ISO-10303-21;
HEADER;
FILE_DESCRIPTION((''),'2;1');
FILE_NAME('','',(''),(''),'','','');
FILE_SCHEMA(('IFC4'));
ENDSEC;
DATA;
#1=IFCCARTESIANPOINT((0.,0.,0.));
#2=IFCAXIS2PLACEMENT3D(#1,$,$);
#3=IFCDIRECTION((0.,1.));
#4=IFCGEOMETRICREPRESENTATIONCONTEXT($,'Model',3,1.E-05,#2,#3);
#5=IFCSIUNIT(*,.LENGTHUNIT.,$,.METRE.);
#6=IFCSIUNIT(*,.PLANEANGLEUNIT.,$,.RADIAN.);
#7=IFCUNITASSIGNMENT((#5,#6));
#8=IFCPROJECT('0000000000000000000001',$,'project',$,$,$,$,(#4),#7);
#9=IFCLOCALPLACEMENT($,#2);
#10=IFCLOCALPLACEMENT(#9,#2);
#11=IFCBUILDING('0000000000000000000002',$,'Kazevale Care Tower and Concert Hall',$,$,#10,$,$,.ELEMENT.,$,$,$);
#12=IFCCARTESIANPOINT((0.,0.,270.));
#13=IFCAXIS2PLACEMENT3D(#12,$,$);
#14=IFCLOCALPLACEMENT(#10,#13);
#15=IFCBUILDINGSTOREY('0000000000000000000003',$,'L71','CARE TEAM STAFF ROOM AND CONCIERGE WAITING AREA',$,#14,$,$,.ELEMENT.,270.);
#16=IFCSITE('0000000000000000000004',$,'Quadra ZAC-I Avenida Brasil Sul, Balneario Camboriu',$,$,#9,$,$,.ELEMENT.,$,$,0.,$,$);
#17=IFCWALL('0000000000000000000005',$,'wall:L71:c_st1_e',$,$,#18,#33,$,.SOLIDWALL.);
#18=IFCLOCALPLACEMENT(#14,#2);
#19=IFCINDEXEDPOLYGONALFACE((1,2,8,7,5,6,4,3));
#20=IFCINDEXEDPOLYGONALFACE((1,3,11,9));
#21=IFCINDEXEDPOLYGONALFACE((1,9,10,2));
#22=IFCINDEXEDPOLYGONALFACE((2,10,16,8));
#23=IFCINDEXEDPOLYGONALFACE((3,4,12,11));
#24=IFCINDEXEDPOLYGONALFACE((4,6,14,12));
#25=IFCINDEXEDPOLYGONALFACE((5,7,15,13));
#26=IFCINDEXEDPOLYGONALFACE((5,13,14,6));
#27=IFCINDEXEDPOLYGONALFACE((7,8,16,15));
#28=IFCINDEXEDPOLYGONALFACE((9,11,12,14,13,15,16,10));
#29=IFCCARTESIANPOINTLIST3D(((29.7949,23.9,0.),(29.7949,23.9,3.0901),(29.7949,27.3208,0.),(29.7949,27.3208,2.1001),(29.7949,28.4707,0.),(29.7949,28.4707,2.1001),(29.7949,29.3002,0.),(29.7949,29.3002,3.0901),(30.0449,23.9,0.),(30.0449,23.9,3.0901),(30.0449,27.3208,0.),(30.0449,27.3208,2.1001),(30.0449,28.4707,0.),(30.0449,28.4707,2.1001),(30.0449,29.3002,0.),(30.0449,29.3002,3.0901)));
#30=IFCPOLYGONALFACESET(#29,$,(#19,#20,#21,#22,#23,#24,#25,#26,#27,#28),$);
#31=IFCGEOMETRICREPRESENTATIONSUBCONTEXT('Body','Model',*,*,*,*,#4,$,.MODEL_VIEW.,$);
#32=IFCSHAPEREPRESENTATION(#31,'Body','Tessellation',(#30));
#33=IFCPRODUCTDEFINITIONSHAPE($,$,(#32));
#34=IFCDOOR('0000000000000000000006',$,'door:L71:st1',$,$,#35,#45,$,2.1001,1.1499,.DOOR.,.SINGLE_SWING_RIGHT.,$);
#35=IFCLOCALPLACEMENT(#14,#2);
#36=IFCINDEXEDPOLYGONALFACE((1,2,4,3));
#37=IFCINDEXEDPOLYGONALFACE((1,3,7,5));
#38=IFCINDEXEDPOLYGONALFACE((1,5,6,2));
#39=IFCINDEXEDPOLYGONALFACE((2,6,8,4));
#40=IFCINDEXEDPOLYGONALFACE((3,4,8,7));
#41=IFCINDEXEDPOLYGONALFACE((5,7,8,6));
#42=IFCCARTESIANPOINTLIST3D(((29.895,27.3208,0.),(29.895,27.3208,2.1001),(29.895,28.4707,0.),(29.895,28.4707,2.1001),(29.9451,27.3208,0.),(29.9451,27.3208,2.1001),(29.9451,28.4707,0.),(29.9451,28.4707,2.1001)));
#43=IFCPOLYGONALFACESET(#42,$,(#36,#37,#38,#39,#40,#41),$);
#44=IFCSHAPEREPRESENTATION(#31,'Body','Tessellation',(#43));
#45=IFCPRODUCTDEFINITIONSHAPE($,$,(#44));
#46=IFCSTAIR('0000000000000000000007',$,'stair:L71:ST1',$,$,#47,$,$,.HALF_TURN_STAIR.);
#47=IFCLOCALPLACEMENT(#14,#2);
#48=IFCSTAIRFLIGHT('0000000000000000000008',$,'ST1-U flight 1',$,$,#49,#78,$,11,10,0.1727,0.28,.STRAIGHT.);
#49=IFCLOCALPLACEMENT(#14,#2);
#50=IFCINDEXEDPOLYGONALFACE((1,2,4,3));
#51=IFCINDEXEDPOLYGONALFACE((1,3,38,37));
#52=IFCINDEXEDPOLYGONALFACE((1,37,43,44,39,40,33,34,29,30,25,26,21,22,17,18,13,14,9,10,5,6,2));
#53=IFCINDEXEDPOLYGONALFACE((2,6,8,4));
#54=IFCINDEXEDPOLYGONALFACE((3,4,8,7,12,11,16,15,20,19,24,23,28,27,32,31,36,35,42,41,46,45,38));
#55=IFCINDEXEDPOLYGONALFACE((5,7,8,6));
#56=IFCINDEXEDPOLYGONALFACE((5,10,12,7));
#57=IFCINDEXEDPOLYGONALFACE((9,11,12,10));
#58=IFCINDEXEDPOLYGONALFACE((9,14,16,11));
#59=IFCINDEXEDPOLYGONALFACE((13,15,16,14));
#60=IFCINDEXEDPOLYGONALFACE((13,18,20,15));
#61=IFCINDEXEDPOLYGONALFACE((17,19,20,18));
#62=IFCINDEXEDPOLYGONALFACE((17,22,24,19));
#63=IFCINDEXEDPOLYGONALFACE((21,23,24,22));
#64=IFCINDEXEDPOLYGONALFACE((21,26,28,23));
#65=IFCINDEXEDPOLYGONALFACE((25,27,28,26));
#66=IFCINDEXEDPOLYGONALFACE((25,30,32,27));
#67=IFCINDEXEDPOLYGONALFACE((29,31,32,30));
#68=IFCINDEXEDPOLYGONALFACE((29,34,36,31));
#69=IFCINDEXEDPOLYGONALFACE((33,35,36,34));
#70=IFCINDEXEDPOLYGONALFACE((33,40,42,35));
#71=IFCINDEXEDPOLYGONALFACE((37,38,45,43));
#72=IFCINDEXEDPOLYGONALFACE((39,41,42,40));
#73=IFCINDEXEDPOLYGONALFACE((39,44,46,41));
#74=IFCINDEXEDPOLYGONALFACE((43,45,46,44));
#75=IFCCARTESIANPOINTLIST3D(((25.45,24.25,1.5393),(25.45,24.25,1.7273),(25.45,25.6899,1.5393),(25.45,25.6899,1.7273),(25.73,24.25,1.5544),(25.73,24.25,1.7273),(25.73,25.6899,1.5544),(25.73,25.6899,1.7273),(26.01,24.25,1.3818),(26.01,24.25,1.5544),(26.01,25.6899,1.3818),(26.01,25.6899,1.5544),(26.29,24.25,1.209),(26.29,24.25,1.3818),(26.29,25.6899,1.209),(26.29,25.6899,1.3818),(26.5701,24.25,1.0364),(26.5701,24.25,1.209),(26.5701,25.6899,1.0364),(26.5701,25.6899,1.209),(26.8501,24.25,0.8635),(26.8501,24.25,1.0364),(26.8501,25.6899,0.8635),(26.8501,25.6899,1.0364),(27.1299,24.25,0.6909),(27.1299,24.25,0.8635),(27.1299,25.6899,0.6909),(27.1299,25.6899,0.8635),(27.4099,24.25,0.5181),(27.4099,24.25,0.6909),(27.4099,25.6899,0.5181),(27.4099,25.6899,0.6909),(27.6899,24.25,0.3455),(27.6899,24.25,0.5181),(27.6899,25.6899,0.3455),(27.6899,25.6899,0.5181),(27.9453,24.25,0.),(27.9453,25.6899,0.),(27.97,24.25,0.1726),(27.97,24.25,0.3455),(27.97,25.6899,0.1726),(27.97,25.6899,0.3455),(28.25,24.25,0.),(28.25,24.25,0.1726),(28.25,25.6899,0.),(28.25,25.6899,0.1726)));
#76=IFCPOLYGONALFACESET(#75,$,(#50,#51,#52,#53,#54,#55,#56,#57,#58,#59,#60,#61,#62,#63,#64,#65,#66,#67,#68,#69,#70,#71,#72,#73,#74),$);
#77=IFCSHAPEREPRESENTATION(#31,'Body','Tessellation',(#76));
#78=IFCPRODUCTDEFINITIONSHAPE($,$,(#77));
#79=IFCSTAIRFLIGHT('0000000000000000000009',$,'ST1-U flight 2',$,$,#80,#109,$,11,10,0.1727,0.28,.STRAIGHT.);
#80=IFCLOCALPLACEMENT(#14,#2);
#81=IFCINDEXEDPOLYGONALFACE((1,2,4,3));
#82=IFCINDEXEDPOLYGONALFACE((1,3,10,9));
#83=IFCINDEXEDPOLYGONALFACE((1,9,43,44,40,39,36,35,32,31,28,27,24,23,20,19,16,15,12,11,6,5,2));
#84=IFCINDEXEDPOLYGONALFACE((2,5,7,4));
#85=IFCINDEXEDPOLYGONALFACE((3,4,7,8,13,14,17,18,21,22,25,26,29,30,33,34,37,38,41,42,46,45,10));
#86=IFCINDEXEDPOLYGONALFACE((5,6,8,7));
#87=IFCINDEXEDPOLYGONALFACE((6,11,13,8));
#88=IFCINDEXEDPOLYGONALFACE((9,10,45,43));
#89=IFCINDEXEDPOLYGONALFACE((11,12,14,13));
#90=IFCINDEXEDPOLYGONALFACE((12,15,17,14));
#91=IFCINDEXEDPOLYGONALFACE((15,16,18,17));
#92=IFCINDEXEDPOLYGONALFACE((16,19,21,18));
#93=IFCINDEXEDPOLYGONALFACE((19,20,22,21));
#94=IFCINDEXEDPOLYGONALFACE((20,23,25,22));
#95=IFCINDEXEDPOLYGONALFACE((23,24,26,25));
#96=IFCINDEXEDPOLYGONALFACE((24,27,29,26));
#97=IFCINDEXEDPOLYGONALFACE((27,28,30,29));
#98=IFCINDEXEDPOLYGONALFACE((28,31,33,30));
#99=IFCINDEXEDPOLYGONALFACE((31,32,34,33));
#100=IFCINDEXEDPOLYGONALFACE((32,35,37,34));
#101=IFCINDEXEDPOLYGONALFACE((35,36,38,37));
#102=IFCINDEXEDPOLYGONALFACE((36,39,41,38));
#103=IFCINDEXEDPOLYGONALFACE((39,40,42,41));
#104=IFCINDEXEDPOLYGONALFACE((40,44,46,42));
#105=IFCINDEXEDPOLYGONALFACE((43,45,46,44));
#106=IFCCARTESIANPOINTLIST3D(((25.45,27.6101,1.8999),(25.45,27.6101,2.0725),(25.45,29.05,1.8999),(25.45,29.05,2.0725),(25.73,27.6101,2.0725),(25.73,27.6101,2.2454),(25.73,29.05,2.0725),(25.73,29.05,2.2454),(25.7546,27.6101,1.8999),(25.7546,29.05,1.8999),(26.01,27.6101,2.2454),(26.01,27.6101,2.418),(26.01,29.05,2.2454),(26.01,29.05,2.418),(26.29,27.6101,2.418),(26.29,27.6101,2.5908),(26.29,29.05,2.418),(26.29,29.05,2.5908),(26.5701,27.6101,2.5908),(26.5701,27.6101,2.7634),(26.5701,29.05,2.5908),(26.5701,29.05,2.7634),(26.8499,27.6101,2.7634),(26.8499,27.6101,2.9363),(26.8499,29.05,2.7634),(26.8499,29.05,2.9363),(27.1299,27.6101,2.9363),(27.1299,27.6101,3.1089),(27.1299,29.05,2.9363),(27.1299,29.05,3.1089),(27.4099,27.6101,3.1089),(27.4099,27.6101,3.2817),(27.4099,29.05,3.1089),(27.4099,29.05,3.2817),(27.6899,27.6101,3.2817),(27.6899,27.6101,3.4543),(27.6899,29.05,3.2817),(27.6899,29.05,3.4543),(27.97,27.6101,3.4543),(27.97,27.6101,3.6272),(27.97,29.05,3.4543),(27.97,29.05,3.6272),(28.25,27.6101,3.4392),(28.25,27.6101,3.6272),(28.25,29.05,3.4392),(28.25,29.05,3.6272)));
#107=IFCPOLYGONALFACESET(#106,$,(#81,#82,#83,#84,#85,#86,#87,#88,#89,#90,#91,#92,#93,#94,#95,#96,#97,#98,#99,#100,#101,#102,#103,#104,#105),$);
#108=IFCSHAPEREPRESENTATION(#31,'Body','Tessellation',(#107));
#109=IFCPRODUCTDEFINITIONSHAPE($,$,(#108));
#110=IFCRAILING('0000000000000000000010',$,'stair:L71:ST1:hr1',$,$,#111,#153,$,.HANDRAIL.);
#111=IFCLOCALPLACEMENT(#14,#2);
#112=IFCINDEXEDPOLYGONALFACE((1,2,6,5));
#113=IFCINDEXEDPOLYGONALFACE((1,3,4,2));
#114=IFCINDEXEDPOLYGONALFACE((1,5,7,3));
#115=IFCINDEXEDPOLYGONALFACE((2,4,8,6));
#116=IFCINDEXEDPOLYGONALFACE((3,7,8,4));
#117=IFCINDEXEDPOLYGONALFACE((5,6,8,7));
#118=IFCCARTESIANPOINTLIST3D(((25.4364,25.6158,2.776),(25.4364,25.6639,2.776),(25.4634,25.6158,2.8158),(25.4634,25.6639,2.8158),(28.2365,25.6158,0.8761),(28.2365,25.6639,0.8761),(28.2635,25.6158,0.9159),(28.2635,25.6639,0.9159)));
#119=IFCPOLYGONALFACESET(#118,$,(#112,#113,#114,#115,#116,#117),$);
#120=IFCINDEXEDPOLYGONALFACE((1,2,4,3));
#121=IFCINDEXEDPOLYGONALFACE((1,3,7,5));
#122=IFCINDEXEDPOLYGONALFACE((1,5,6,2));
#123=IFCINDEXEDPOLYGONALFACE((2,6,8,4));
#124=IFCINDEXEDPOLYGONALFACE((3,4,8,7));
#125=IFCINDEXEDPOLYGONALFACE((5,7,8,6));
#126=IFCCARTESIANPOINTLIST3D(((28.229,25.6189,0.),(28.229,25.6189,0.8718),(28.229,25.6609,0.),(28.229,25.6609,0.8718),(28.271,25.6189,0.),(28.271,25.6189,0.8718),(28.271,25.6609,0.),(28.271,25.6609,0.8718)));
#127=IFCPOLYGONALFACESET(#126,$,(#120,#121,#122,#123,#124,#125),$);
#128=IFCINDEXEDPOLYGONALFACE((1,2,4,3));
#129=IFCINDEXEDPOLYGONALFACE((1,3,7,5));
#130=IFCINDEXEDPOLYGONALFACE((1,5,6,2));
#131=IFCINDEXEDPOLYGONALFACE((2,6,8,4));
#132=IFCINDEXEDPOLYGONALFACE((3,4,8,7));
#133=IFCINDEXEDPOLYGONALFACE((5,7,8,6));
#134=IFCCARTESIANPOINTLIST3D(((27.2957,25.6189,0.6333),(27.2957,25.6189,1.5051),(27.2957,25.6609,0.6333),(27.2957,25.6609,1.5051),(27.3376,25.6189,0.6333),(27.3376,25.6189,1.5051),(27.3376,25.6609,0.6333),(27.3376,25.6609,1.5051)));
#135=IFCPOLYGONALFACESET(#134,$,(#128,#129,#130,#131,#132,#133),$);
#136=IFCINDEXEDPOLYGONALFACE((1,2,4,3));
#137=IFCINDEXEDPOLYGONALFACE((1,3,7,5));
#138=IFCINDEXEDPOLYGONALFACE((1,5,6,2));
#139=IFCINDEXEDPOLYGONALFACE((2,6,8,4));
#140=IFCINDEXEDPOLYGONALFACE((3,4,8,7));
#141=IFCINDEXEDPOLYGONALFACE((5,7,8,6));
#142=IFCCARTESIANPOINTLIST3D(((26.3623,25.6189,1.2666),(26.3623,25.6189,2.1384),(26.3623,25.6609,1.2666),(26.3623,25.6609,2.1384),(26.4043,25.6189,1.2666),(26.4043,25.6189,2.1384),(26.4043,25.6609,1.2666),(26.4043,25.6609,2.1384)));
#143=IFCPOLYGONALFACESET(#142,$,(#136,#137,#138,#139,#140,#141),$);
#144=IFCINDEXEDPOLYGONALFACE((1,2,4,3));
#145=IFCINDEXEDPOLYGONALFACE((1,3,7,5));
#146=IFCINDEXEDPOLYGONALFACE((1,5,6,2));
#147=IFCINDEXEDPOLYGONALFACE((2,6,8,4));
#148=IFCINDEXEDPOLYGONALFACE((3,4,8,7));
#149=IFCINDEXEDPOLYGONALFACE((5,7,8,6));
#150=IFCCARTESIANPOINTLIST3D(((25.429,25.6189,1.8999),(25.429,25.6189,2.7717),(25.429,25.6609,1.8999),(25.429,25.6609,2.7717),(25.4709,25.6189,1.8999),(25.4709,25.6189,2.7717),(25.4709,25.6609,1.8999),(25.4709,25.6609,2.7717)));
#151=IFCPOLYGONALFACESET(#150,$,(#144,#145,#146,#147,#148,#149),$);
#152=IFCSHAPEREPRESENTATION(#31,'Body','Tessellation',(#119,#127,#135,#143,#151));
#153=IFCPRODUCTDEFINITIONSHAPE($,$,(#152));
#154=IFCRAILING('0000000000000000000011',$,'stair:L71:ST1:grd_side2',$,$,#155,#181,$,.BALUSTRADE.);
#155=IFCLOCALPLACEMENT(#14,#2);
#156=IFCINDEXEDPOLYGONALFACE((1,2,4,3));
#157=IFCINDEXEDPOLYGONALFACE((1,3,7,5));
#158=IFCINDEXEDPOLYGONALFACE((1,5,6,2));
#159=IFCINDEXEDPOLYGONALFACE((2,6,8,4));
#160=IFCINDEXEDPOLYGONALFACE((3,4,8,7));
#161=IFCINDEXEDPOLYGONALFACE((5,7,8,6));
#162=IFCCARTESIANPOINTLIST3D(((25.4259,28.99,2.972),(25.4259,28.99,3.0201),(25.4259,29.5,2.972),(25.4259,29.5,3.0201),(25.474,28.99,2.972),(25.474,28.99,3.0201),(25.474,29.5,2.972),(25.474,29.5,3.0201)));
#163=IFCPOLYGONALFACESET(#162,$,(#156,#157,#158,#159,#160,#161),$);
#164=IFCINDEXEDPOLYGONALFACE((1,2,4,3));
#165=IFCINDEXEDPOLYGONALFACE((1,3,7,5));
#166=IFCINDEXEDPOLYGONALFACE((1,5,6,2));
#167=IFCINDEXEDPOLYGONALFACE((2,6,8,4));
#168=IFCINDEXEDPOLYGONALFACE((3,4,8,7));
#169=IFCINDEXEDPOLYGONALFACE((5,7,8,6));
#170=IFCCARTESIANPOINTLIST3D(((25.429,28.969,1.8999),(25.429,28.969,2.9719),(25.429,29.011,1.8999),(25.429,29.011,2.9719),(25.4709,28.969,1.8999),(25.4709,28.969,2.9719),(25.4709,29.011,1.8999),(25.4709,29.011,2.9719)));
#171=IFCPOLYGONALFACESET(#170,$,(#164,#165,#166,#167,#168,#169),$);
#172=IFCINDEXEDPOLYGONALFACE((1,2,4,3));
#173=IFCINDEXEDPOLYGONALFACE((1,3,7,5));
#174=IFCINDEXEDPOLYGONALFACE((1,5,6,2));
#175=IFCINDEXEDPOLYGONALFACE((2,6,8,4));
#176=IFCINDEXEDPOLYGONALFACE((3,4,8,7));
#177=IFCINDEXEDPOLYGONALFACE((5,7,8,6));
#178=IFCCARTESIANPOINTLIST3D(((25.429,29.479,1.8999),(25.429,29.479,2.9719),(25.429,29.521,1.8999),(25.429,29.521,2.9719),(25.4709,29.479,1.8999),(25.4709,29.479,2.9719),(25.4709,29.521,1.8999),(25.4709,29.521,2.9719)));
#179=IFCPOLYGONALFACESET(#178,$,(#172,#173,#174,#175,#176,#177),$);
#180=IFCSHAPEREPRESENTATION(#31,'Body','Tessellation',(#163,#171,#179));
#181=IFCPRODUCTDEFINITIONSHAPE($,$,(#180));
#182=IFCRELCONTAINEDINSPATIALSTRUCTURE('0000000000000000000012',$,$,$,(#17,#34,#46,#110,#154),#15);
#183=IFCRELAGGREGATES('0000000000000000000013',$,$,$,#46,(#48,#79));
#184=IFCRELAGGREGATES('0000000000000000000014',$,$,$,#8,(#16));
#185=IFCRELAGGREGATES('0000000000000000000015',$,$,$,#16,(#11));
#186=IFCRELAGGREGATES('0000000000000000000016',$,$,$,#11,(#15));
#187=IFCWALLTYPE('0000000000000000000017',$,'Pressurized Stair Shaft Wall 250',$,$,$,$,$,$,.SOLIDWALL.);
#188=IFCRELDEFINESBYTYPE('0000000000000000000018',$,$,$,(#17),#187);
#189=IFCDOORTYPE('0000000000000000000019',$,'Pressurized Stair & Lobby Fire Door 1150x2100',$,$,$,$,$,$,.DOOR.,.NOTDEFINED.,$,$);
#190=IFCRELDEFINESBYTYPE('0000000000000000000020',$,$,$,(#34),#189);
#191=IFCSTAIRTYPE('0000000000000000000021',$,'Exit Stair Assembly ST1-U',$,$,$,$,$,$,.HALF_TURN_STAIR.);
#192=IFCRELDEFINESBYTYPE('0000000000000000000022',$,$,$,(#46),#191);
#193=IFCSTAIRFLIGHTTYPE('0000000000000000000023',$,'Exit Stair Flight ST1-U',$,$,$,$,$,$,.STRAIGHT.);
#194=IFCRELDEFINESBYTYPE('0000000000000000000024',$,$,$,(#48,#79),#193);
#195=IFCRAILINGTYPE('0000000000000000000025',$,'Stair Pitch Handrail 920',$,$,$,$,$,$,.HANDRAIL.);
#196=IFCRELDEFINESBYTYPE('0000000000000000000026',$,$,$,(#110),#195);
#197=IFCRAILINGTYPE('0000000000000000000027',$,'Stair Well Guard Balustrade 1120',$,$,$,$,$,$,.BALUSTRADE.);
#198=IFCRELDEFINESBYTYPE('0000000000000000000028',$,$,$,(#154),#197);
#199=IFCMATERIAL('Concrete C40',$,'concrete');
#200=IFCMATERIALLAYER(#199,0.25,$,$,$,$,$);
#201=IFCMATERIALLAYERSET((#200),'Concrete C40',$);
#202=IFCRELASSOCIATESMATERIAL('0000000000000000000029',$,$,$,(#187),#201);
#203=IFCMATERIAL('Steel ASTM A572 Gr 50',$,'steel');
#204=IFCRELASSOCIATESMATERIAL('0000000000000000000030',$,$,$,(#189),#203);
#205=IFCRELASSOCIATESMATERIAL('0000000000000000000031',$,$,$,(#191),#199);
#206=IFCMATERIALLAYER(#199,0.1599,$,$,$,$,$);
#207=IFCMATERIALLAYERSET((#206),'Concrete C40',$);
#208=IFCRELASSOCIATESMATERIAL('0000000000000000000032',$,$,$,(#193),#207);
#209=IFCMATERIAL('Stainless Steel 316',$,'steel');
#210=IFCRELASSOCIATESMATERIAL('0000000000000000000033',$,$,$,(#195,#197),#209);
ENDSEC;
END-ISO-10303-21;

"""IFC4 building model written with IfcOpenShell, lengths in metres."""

from ifc_helpers import new_model, si_unit, direction, frame, frame_2d, origin, origin_2d, place, context, subcontext, project, spatial, polyline, rectangle, outline, extrude, material, layer, layer_set, type_object, element, fill, aggregate, save


model = new_model("IFC4")

# Units and contexts
model_context = context("Model", 3, precision=1e-05, world=origin(), true_north=direction((0.0, 1.0)))
body_context = subcontext(model_context, "Body", "Model", "MODEL_VIEW")
ifc_project = project(units=[si_unit("LENGTHUNIT", "METRE"), si_unit("PLANEANGLEUNIT", "RADIAN")], contexts=[model_context])

# Site, building, storey
site_placement = place(None, origin())
site = spatial("IfcSite", under=ifc_project, at=site_placement, Name="Quadra ZAC-I Avenida Brasil Sul, Balneario Camboriu", CompositionType="ELEMENT", RefElevation=0.0)
building_placement = place(site_placement, origin())
building = spatial("IfcBuilding", under=site, at=building_placement, Name="Kazevale Care Tower and Concert Hall", CompositionType="ELEMENT")
storey_placement = place(building_placement, frame((0.0, 0.0, 270.0)))
storey = spatial("IfcBuildingStorey", under=building, at=storey_placement, Name="L71", Description="CARE TEAM STAFF ROOM AND CONCIERGE WAITING AREA", CompositionType="ELEMENT", Elevation=270.0)

# Shared definitions
ifc_material_1 = material(Name="Concrete C40", Category="concrete")
ifc_material_2 = material(Name="Stainless Steel 316", Category="steel")

# Wall, opening, door
ifc_layer_1 = layer(ifc_material_1, 0.25)
ifc_layer_set_1 = layer_set([ifc_layer_1], Name="Concrete C40")
wall_type_1 = type_object("IfcWallType", Name="Pressurized Stair Shaft Wall 250", PredefinedType="SOLIDWALL", material=ifc_layer_set_1)
wall_1_placement = place(storey_placement, frame((29.9199, 23.8999, 0.0), z_axis=(0.0, 0.0, 1.0), x_axis=(0.0, 1.0, 0.0)))
wall_1 = element("IfcWall", 1, at=wall_1_placement, inside=storey, type_object=wall_type_1, Name="wall:L71:c_st1_e", PredefinedType="SOLIDWALL", context=body_context, shape_type="SweptSolid", body=[
    extrude(rectangle(XDim=5.4001, YDim=0.25, at=frame_2d((2.7002, 0.0))), origin(), (0.0, 0.0, 1.0), 3.0901),
])
opening_1_placement = place(wall_1_placement, frame((3.4209, 0.0, 0.0)))
opening_1 = element("IfcOpeningElement", 2, at=opening_1_placement, cuts=wall_1, PredefinedType="OPENING", context=body_context, shape_type="SweptSolid", body=[
    extrude(rectangle(XDim=1.1499, YDim=2.1001, at=frame_2d((0.575, 1.05))), frame((0.0, 0.135, 0.0), z_axis=(0.0, -1.0, 0.0), x_axis=(1.0, 0.0, 0.0)), (0.0, 0.0, 1.0), 0.27),
])
ifc_material_3 = material(Name="Steel ASTM A572 Gr 50", Category="steel")
door_type_1 = type_object("IfcDoorType", Name="Pressurized Stair & Lobby Fire Door 1150x2100", OperationType="NOTDEFINED", PredefinedType="DOOR", material=ifc_material_3)
door_1_placement = place(opening_1_placement, origin())
door_1 = element("IfcDoor", 3, at=door_1_placement, inside=storey, type_object=door_type_1, Name="door:L71:st1", OperationType="SINGLE_SWING_RIGHT", OverallHeight=2.1001, OverallWidth=1.1499, PredefinedType="DOOR", context=body_context, shape_type="SweptSolid", body=[
    extrude(rectangle(XDim=1.1499, YDim=2.1001, at=frame_2d((0.575, 1.05))), frame((0.0, 0.0249, 0.0), z_axis=(0.0, -1.0, 0.0), x_axis=(1.0, 0.0, 0.0)), (0.0, 0.0, 1.0), 0.05),
])
fill(opening_1, door_1)

# Stair, stair flights
stair_type = type_object("IfcStairType", Name="Exit Stair Assembly ST1-U", PredefinedType="HALF_TURN_STAIR", material=ifc_material_1)
stair_placement = place(storey_placement, origin())
stair = element("IfcStair", 4, at=stair_placement, inside=storey, type_object=stair_type, Name="stair:L71:ST1", PredefinedType="HALF_TURN_STAIR")
ifc_layer_2 = layer(ifc_material_1, 0.1599)
ifc_layer_set_2 = layer_set([ifc_layer_2], Name="Concrete C40")
stair_flight_type = type_object("IfcStairFlightType", Name="Exit Stair Flight ST1-U", PredefinedType="STRAIGHT", material=ifc_layer_set_2)
stair_flight_1_placement = place(storey_placement, frame((28.25, 24.97, 0.0), z_axis=(0.0, 0.0, 1.0), x_axis=(-1.0, 0.0, 0.0)))
stair_flight_1 = element("IfcStairFlight", 5, at=stair_flight_1_placement, type_object=stair_flight_type, Name="ST1-U flight 1", NumberOfRisers=11, NumberOfTreads=10, PredefinedType="STRAIGHT", RiserHeight=0.1727, TreadLength=0.28, context=body_context, shape_type="SweptSolid", body=[
    extrude(outline(polyline([(0.0, 0.0), (0.0, 0.1726), (0.28, 0.1726), (0.28, 0.3455), (0.5601, 0.3455), (0.5601, 0.5181), (0.8401, 0.5181), (0.8401, 0.6909), (1.1201, 0.6909), (1.1201, 0.8635), (1.3999, 0.8635), (1.3999, 1.0364), (1.6799, 1.0364), (1.6799, 1.209), (1.96, 1.209), (1.96, 1.3818), (2.24, 1.3818), (2.24, 1.5544), (2.52, 1.5544), (2.52, 1.7273), (2.8, 1.7273), (2.8, 1.8999), (2.8, 1.5393), (0.3047, 0.0), (0.0, 0.0)])), frame((0.0, 0.72, 0.0), z_axis=(0.0, -1.0, 0.0), x_axis=(1.0, 0.0, 0.0)), (0.0, 0.0, 1.0), 1.4399),
])
stair_flight_2_placement = place(storey_placement, frame((25.45, 28.3301, 1.8999), z_axis=(0.0, 0.0, 1.0), x_axis=(1.0, 0.0, 0.0)))
stair_flight_2 = element("IfcStairFlight", 6, at=stair_flight_2_placement, type_object=stair_flight_type, Name="ST1-U flight 2", NumberOfRisers=11, NumberOfTreads=10, PredefinedType="STRAIGHT", RiserHeight=0.1727, TreadLength=0.28, context=body_context, shape_type="SweptSolid", body=[
    extrude(outline(polyline([(0.0, 0.0), (0.0, 0.1726), (0.28, 0.1726), (0.28, 0.3455), (0.5601, 0.3455), (0.5601, 0.5181), (0.8401, 0.5181), (0.8401, 0.6909), (1.1201, 0.6909), (1.1201, 0.8635), (1.3999, 0.8635), (1.3999, 1.0364), (1.6799, 1.0364), (1.6799, 1.209), (1.96, 1.209), (1.96, 1.3818), (2.24, 1.3818), (2.24, 1.5544), (2.52, 1.5544), (2.52, 1.7273), (2.8, 1.7273), (2.8, 1.8999), (2.8, 1.5393), (0.3047, 0.0), (0.0, 0.0)])), frame((0.0, 0.72, 0.0), z_axis=(0.0, -1.0, 0.0), x_axis=(1.0, 0.0, 0.0)), (0.0, 0.0, 1.0), 1.4399),
])
aggregate(stair, [stair_flight_1, stair_flight_2])

# Railings
railing_type_1 = type_object("IfcRailingType", Name="Stair Pitch Handrail 920", PredefinedType="HANDRAIL", material=ifc_material_2)
railing_1_placement = place(storey_placement, frame((28.25, 25.6399, 0.0)))
element("IfcRailing", 7, at=railing_1_placement, inside=storey, type_object=railing_type_1, Name="stair:L71:ST1:hr1", PredefinedType="HANDRAIL", context=body_context, shape_type="SweptSolid", body=[
    extrude(rectangle(XDim=0.0481, YDim=0.0481, at=origin_2d()), frame((0.0, 0.0, 0.896), z_axis=(-0.827494, 0.0, 0.561475), x_axis=(0.0, -1.0, 0.0)), (0.0, 0.0, 1.0), 3.3838),
    extrude(rectangle(XDim=0.042, YDim=0.042, at=origin_2d()), origin(), (0.0, 0.0, 1.0), 0.8718),
    extrude(rectangle(XDim=0.042, YDim=0.042, at=origin_2d()), frame((-0.9333, 0.0, 0.6333)), (0.0, 0.0, 1.0), 0.8718),
    extrude(rectangle(XDim=0.042, YDim=0.042, at=origin_2d()), frame((-1.8667, 0.0, 1.2666)), (0.0, 0.0, 1.0), 0.8718),
    extrude(rectangle(XDim=0.042, YDim=0.042, at=origin_2d()), frame((-2.8, 0.0, 1.8999)), (0.0, 0.0, 1.0), 0.8718),
])
railing_type_2 = type_object("IfcRailingType", Name="Stair Well Guard Balustrade 1120", PredefinedType="BALUSTRADE", material=ifc_material_2)
railing_2_placement = place(storey_placement, frame((25.45, 28.99, 1.8999)))
element("IfcRailing", 8, at=railing_2_placement, inside=storey, type_object=railing_type_2, Name="stair:L71:ST1:grd_side2", PredefinedType="BALUSTRADE", context=body_context, shape_type="SweptSolid", body=[
    extrude(rectangle(XDim=0.0481, YDim=0.0481, at=origin_2d()), frame((0.0, 0.0, 1.0962), z_axis=(0.0, 1.0, 0.0), x_axis=(-1.0, 0.0, 0.0)), (0.0, 0.0, 1.0), 0.51),
    extrude(rectangle(XDim=0.042, YDim=0.042, at=origin_2d()), origin(), (0.0, 0.0, 1.0), 1.072),
    extrude(rectangle(XDim=0.042, YDim=0.042, at=origin_2d()), frame((0.0, 0.51, 0.0)), (0.0, 0.0, 1.0), 1.072),
])

save(model, "model.ifc")
